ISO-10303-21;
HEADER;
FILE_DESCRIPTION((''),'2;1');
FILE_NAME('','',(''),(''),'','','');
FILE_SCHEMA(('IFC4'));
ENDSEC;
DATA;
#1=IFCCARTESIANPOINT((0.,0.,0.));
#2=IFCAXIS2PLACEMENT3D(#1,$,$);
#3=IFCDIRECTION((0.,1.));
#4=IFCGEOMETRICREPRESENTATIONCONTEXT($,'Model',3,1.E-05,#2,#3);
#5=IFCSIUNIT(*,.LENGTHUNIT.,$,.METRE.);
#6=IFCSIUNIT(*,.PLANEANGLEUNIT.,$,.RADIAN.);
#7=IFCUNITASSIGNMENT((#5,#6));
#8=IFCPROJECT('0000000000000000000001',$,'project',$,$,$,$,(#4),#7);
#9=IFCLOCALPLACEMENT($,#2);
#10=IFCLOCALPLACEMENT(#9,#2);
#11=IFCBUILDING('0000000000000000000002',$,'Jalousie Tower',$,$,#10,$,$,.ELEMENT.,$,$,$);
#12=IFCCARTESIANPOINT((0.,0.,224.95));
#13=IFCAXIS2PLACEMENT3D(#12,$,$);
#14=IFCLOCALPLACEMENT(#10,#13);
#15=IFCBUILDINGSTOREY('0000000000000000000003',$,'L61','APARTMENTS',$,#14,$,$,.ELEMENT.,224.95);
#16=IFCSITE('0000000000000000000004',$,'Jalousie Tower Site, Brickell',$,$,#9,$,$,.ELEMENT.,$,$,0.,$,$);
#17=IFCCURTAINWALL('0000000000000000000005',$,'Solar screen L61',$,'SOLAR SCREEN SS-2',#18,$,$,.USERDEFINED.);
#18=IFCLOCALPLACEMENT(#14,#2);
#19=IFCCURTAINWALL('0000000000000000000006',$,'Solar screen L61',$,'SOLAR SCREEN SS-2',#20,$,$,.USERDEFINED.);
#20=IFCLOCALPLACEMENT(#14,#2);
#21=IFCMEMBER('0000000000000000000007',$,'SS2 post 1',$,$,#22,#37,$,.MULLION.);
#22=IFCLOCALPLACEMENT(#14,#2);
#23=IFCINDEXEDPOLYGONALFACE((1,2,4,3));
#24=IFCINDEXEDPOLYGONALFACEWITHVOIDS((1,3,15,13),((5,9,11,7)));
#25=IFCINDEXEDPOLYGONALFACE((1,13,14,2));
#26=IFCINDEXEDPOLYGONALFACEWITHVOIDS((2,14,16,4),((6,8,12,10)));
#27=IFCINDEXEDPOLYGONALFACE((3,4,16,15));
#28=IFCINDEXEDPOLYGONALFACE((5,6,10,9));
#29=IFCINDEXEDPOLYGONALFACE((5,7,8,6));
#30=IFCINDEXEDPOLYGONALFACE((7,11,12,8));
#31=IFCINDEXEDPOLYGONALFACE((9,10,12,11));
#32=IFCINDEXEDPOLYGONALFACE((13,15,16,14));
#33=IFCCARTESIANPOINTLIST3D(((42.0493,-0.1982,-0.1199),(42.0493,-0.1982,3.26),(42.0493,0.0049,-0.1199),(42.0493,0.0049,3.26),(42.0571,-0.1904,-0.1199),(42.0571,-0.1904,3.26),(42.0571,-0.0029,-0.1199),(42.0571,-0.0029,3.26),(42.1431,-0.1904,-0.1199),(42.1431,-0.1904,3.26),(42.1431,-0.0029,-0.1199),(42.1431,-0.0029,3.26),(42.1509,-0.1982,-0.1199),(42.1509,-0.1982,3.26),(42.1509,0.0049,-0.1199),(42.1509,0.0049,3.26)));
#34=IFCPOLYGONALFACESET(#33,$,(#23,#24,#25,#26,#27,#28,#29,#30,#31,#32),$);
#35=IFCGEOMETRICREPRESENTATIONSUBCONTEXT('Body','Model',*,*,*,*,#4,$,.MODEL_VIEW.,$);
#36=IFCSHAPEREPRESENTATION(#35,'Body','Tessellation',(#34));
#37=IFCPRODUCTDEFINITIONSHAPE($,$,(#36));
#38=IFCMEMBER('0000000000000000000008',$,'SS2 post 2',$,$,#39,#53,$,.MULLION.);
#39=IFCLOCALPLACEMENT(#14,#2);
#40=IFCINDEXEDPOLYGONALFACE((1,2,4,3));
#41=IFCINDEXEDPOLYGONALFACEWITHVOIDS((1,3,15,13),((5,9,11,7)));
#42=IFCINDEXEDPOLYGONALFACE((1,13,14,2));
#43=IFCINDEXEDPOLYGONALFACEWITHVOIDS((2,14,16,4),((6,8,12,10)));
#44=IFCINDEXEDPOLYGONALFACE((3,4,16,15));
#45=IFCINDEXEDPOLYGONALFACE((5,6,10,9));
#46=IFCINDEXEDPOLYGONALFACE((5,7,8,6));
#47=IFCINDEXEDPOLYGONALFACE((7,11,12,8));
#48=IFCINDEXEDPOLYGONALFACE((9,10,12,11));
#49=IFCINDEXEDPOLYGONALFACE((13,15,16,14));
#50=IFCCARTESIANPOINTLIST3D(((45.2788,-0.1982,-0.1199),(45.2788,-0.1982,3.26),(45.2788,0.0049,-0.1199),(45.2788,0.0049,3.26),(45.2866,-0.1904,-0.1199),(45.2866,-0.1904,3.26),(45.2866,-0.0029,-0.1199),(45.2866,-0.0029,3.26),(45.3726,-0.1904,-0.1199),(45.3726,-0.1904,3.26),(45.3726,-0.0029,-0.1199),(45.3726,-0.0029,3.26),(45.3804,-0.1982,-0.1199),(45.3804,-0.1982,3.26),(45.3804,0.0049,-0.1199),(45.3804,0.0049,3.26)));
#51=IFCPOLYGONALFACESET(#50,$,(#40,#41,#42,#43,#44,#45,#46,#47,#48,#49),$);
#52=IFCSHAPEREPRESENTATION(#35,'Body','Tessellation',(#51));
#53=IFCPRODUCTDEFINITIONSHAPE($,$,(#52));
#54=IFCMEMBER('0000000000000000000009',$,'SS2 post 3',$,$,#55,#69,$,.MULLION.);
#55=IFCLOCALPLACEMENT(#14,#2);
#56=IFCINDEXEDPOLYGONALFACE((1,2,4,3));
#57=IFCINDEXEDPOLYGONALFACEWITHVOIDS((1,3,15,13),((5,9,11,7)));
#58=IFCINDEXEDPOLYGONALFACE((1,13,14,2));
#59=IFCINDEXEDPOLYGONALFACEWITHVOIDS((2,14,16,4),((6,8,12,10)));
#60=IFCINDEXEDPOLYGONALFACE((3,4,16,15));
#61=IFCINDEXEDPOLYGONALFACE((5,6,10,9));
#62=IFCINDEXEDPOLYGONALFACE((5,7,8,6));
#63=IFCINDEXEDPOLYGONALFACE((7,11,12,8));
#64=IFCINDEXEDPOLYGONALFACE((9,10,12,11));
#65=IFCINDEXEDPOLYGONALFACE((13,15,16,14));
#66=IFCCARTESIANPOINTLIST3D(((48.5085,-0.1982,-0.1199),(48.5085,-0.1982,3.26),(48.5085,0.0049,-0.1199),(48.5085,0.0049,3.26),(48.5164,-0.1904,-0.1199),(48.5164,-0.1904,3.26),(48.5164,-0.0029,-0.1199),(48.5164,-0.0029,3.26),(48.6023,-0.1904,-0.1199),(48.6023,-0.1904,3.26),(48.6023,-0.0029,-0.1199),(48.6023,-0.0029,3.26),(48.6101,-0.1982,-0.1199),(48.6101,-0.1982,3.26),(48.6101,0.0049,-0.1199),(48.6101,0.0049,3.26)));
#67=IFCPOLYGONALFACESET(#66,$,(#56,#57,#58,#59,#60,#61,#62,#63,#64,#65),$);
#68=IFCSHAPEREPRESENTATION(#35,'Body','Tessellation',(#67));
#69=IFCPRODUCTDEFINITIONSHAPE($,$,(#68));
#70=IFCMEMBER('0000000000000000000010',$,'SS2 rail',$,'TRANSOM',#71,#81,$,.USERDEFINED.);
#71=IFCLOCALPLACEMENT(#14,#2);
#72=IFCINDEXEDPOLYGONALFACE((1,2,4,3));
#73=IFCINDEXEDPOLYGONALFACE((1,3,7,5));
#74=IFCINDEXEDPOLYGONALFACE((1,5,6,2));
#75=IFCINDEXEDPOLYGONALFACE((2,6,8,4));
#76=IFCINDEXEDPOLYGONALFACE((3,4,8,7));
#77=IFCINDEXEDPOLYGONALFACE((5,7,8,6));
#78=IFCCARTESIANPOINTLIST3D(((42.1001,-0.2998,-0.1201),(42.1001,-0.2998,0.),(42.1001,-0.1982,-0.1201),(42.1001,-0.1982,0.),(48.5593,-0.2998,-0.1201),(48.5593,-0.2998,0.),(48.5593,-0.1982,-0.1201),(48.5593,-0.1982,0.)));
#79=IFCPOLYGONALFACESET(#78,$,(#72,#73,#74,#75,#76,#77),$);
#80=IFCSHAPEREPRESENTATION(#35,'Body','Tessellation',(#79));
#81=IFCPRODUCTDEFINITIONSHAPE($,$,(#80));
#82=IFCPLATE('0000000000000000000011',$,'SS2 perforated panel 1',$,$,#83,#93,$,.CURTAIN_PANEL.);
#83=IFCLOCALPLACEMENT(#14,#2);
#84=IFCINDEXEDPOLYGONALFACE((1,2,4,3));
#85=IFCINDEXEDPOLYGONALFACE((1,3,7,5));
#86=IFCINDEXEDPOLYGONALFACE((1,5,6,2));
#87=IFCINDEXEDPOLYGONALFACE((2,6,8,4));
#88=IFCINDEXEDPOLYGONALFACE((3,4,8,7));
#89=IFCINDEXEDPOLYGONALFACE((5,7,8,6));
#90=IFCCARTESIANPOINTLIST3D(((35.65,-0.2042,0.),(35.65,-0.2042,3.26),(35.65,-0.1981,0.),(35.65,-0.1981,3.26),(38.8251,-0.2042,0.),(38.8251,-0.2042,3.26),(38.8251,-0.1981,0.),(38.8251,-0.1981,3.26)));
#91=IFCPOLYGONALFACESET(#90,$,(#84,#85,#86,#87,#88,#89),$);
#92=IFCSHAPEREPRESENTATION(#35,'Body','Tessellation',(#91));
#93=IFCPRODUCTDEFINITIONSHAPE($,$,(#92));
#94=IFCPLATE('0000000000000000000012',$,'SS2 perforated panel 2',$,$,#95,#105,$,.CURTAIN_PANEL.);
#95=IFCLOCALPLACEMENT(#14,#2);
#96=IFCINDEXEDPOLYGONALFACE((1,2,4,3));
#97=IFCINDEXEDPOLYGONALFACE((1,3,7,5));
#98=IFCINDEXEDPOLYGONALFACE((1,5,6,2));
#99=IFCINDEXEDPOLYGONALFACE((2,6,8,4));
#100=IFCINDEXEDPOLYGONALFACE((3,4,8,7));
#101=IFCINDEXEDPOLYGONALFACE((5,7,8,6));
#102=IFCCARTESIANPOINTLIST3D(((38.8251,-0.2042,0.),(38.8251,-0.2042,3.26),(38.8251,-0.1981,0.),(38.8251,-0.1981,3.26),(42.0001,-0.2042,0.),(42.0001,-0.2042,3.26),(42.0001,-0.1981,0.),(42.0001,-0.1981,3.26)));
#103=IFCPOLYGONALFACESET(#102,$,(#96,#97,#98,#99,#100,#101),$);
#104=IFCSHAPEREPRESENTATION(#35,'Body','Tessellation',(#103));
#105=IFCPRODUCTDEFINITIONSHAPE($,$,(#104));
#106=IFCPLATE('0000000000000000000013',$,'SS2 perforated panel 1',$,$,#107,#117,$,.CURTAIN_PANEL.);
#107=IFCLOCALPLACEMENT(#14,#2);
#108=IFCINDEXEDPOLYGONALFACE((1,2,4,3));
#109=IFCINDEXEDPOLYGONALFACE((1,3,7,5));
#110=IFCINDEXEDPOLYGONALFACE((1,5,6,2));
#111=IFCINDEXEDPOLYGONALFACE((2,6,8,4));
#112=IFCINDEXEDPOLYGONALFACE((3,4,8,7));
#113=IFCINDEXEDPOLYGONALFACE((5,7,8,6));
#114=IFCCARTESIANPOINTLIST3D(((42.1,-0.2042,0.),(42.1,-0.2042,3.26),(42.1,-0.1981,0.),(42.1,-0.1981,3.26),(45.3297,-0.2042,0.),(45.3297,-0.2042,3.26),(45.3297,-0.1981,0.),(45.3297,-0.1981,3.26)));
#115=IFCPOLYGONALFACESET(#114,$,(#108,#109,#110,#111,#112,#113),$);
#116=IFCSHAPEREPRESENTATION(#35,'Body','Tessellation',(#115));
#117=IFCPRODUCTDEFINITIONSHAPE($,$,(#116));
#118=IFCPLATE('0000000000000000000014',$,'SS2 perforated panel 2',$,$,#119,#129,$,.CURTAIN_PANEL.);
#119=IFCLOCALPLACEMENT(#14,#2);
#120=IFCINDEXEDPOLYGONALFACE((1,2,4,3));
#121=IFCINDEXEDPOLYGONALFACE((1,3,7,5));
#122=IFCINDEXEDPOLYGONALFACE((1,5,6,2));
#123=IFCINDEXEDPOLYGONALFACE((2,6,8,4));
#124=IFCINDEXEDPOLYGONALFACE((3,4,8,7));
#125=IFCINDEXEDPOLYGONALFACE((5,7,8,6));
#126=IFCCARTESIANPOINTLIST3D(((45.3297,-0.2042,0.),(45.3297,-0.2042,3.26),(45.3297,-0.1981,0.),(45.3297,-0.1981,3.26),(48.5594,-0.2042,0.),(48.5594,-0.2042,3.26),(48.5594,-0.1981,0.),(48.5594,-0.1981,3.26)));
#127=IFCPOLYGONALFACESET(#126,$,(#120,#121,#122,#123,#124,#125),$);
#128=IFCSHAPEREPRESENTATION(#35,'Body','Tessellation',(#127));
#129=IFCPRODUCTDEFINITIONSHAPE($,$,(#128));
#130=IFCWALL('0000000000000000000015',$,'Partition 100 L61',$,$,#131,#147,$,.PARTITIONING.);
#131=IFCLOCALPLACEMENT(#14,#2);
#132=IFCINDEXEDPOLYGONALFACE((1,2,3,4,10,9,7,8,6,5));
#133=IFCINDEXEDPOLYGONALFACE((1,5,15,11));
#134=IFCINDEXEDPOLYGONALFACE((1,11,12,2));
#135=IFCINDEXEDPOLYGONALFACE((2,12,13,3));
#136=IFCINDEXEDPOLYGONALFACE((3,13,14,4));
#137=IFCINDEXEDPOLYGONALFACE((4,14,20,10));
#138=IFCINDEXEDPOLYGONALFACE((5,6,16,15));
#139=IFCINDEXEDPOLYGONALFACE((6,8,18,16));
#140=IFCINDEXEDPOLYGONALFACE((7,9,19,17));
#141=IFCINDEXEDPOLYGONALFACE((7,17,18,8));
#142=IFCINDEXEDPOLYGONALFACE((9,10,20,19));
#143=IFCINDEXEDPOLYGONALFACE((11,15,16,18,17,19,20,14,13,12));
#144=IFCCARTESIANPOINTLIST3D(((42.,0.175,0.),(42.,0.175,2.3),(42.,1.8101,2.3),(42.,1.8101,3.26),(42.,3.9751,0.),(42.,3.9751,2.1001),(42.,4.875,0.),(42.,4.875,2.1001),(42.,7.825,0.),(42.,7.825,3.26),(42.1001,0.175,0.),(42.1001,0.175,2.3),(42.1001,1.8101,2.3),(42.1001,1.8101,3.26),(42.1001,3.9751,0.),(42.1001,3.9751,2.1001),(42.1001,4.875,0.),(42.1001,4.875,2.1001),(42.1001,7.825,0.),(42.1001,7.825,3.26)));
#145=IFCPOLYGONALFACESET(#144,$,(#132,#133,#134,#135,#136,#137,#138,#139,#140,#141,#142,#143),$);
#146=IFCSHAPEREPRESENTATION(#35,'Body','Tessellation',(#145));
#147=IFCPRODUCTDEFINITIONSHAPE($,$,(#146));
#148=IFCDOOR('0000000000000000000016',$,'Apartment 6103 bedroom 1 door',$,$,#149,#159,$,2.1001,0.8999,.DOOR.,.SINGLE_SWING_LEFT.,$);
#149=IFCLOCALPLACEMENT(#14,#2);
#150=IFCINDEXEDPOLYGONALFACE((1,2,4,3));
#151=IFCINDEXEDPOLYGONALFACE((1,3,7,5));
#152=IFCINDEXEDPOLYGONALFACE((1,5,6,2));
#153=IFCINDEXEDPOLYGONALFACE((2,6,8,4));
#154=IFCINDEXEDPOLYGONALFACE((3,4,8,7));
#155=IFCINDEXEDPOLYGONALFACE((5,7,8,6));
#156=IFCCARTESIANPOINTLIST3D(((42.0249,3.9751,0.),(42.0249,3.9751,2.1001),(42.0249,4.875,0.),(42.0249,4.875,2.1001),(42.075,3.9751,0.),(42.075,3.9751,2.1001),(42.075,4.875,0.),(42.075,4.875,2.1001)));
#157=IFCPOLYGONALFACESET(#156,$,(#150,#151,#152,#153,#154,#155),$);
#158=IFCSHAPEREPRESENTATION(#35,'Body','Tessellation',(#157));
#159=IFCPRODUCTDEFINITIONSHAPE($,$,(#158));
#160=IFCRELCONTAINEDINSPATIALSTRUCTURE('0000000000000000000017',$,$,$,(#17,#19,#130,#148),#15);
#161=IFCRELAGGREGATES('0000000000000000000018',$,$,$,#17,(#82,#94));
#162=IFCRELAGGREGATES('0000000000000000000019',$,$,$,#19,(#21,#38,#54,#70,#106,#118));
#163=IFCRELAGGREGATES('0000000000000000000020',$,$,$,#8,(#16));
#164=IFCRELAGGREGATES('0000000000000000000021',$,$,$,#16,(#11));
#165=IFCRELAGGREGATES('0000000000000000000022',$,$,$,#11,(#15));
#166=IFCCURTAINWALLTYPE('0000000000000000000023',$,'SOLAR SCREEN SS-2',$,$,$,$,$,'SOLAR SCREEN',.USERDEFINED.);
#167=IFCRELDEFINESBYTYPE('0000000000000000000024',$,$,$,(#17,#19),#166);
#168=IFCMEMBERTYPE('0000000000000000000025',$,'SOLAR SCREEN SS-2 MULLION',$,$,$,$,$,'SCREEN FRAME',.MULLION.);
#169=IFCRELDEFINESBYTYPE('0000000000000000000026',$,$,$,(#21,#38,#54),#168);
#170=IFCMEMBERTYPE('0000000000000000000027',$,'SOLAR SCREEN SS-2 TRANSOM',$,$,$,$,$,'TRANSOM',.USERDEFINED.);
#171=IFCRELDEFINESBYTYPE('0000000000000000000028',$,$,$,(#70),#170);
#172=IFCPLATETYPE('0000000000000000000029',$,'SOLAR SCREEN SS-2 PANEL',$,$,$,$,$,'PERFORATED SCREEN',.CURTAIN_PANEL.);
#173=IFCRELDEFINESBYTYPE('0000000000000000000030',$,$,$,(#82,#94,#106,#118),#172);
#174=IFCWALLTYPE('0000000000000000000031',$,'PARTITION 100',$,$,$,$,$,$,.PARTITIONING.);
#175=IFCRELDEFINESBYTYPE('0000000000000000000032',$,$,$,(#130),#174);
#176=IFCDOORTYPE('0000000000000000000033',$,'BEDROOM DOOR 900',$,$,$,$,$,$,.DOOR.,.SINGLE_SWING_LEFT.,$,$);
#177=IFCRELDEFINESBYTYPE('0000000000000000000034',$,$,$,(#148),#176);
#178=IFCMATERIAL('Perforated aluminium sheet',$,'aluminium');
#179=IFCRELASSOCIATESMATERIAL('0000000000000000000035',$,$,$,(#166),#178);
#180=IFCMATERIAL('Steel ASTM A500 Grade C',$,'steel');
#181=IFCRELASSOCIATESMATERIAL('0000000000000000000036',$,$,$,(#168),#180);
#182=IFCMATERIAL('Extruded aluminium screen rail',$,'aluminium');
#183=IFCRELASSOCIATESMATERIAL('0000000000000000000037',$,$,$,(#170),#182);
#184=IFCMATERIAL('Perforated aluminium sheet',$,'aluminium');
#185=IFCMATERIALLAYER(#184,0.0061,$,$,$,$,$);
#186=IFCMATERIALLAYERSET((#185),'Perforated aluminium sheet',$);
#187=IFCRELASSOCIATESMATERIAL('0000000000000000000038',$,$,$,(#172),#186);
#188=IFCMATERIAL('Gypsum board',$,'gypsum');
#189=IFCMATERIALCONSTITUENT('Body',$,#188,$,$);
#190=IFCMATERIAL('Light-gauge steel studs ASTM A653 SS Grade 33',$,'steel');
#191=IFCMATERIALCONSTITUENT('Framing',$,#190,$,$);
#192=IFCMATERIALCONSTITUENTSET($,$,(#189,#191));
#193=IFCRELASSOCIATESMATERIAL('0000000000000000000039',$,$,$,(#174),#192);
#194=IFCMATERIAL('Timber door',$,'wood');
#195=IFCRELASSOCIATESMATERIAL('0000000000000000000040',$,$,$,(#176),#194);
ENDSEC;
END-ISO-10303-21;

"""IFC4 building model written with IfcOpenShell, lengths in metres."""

from ifc_helpers import new_model, si_unit, direction, frame, frame_2d, origin, origin_2d, place, context, subcontext, project, spatial, polyline, rectangle, hollow_rectangle, outline, extrude, material, layer, layer_set, constituent, constituent_set, material_profile, profile_set, type_object, element, fill, aggregate, save


model = new_model("IFC4")

# Units and contexts
model_context = context("Model", 3, precision=1e-05, world=origin(), true_north=direction((0.0, 1.0)))
body_context = subcontext(model_context, "Body", "Model", "MODEL_VIEW")
ifc_project = project(units=[si_unit("LENGTHUNIT", "METRE"), si_unit("PLANEANGLEUNIT", "RADIAN")], contexts=[model_context])

# Site, building, storey
site_placement = place(None, origin())
site = spatial("IfcSite", under=ifc_project, at=site_placement, Name="Jalousie Tower Site, Brickell", CompositionType="ELEMENT", RefElevation=0.0)
building_placement = place(site_placement, origin())
building = spatial("IfcBuilding", under=site, at=building_placement, Name="Jalousie Tower", CompositionType="ELEMENT")
storey_placement = place(building_placement, frame((0.0, 0.0, 224.95)))
storey = spatial("IfcBuildingStorey", under=building, at=storey_placement, Name="L61", Description="APARTMENTS", CompositionType="ELEMENT", Elevation=224.95)

# Curtain walls, members
ifc_material_1 = material(Name="Perforated aluminium sheet", Category="aluminium")
curtain_wall_type = type_object("IfcCurtainWallType", Name="SOLAR SCREEN SS-2", ElementType="SOLAR SCREEN", PredefinedType="USERDEFINED", material=ifc_material_1)
curtain_wall_1_placement = place(storey_placement, origin())
curtain_wall_1 = element("IfcCurtainWall", 1, at=curtain_wall_1_placement, inside=storey, type_object=curtain_wall_type, Name="Solar screen L61", ObjectType="SOLAR SCREEN SS-2", PredefinedType="USERDEFINED")
ifc_material_2 = material(Name="Steel ASTM A500 Grade C", Category="steel")
ifc_material_profile_1 = material_profile(ifc_material_2, hollow_rectangle(XDim=0.1016, YDim=0.2031, WallThickness=0.0078, at=origin_2d()), Name="HSS8X4X5/16")
ifc_profile_set_1 = profile_set([ifc_material_profile_1], Name="Steel ASTM A500 Grade C")
member_type_1 = type_object("IfcMemberType", Name="SOLAR SCREEN SS-2 MULLION", ElementType="SCREEN FRAME", PredefinedType="MULLION", material=ifc_profile_set_1)
curtain_wall_2_placement = place(storey_placement, origin())
curtain_wall_2 = element("IfcCurtainWall", 2, at=curtain_wall_2_placement, inside=storey, type_object=curtain_wall_type, Name="Solar screen L61", ObjectType="SOLAR SCREEN SS-2", PredefinedType="USERDEFINED")
member_1_placement = place(storey_placement, frame((42.1001, -0.0967, -0.1199), z_axis=(0.0, 0.0, 1.0), x_axis=(1.0, 0.0, 0.0)))
member_1 = element("IfcMember", 3, at=member_1_placement, type_object=member_type_1, Name="SS2 post 1", PredefinedType="MULLION", context=body_context, shape_type="SweptSolid", body=[
    extrude(hollow_rectangle(XDim=0.1016, YDim=0.2031, WallThickness=0.0078, at=origin_2d()), origin(), (0.0, 0.0, 1.0), 3.3799),
])
member_2_placement = place(storey_placement, frame((45.3296, -0.0967, -0.1199), z_axis=(0.0, 0.0, 1.0), x_axis=(1.0, 0.0, 0.0)))
member_2 = element("IfcMember", 4, at=member_2_placement, type_object=member_type_1, Name="SS2 post 2", PredefinedType="MULLION", context=body_context, shape_type="SweptSolid", body=[
    extrude(hollow_rectangle(XDim=0.1016, YDim=0.2031, WallThickness=0.0078, at=origin_2d()), origin(), (0.0, 0.0, 1.0), 3.3799),
])
member_3_placement = place(storey_placement, frame((48.5593, -0.0967, -0.1199), z_axis=(0.0, 0.0, 1.0), x_axis=(1.0, 0.0, 0.0)))
member_3 = element("IfcMember", 5, at=member_3_placement, type_object=member_type_1, Name="SS2 post 3", PredefinedType="MULLION", context=body_context, shape_type="SweptSolid", body=[
    extrude(hollow_rectangle(XDim=0.1016, YDim=0.2031, WallThickness=0.0078, at=origin_2d()), origin(), (0.0, 0.0, 1.0), 3.3799),
])
ifc_material_3 = material(Name="Extruded aluminium screen rail", Category="aluminium")
ifc_material_profile_2 = material_profile(ifc_material_3, rectangle(XDim=0.1016, YDim=0.1201, at=origin_2d()), Name="RAIL 102x120")
ifc_profile_set_2 = profile_set([ifc_material_profile_2], Name="Extruded aluminium screen rail")
member_type_2 = type_object("IfcMemberType", Name="SOLAR SCREEN SS-2 TRANSOM", ElementType="TRANSOM", PredefinedType="USERDEFINED", material=ifc_profile_set_2)
member_4_placement = place(storey_placement, frame((42.1001, -0.249, -0.0601), z_axis=(1.0, 0.0, 0.0), x_axis=(0.0, 1.0, 0.0)))
member_4 = element("IfcMember", 6, at=member_4_placement, type_object=member_type_2, Name="SS2 rail", ObjectType="TRANSOM", PredefinedType="USERDEFINED", context=body_context, shape_type="SweptSolid", body=[
    extrude(rectangle(XDim=0.1016, YDim=0.1201, at=origin_2d()), origin(), (0.0, 0.0, 1.0), 6.4592),
])

# Plates
ifc_material_4 = material(Name="Perforated aluminium sheet", Category="aluminium")
ifc_layer = layer(ifc_material_4, 0.0061)
ifc_layer_set = layer_set([ifc_layer], Name="Perforated aluminium sheet")
plate_type = type_object("IfcPlateType", Name="SOLAR SCREEN SS-2 PANEL", ElementType="PERFORATED SCREEN", PredefinedType="CURTAIN_PANEL", material=ifc_layer_set)
plate_1_placement = place(storey_placement, frame((37.2375, -0.2012, 0.0), z_axis=(0.0, 0.0, 1.0), x_axis=(1.0, 0.0, 0.0)))
plate_1 = element("IfcPlate", 7, at=plate_1_placement, type_object=plate_type, Name="SS2 perforated panel 1", PredefinedType="CURTAIN_PANEL", context=body_context, shape_type="SweptSolid", body=[
    extrude(rectangle(XDim=3.175, YDim=0.0061, at=origin_2d()), origin(), (0.0, 0.0, 1.0), 3.26),
])
plate_2_placement = place(storey_placement, frame((40.4126, -0.2012, 0.0), z_axis=(0.0, 0.0, 1.0), x_axis=(1.0, 0.0, 0.0)))
plate_2 = element("IfcPlate", 8, at=plate_2_placement, type_object=plate_type, Name="SS2 perforated panel 2", PredefinedType="CURTAIN_PANEL", context=body_context, shape_type="SweptSolid", body=[
    extrude(rectangle(XDim=3.175, YDim=0.0061, at=origin_2d()), origin(), (0.0, 0.0, 1.0), 3.26),
])
aggregate(curtain_wall_1, [plate_1, plate_2])
plate_3_placement = place(storey_placement, frame((43.7148, -0.2012, 0.0), z_axis=(0.0, 0.0, 1.0), x_axis=(1.0, 0.0, 0.0)))
plate_3 = element("IfcPlate", 9, at=plate_3_placement, type_object=plate_type, Name="SS2 perforated panel 1", PredefinedType="CURTAIN_PANEL", context=body_context, shape_type="SweptSolid", body=[
    extrude(rectangle(XDim=3.2297, YDim=0.0061, at=origin_2d()), origin(), (0.0, 0.0, 1.0), 3.26),
])
plate_4_placement = place(storey_placement, frame((46.9446, -0.2012, 0.0), z_axis=(0.0, 0.0, 1.0), x_axis=(1.0, 0.0, 0.0)))
plate_4 = element("IfcPlate", 10, at=plate_4_placement, type_object=plate_type, Name="SS2 perforated panel 2", PredefinedType="CURTAIN_PANEL", context=body_context, shape_type="SweptSolid", body=[
    extrude(rectangle(XDim=3.2297, YDim=0.0061, at=origin_2d()), origin(), (0.0, 0.0, 1.0), 3.26),
])
aggregate(curtain_wall_2, [member_1, member_2, member_3, member_4, plate_3, plate_4])

# Wall, opening, door
ifc_material_5 = material(Name="Gypsum board", Category="gypsum")
ifc_constituent_1 = constituent(ifc_material_5, Name="Body")
ifc_material_6 = material(Name="Light-gauge steel studs ASTM A653 SS Grade 33", Category="steel")
ifc_constituent_2 = constituent(ifc_material_6, Name="Framing")
ifc_constituent_set_1 = constituent_set(constituents=[ifc_constituent_1, ifc_constituent_2])
wall_type_1 = type_object("IfcWallType", Name="PARTITION 100", PredefinedType="PARTITIONING", material=ifc_constituent_set_1)
wall_1_placement = place(storey_placement, frame((42.05, 0.175, 0.0), z_axis=(0.0, 0.0, 1.0), x_axis=(0.0, 1.0, 0.0)))
wall_1 = element("IfcWall", 11, at=wall_1_placement, inside=storey, type_object=wall_type_1, Name="Partition 100 L61", PredefinedType="PARTITIONING", context=body_context, shape_type="SweptSolid", body=[
    extrude(outline(polyline([(0.0, 0.0), (7.6499, 0.0), (7.6499, 3.26), (1.635, 3.26), (1.635, 2.3), (0.0, 2.3), (0.0, 3.26), (0.0, 0.0)])), frame((0.0, 0.05, 0.0), z_axis=(0.0, -1.0, 0.0), x_axis=(1.0, 0.0, 0.0)), (0.0, 0.0, 1.0), 0.1001),
])
opening_1_placement = place(wall_1_placement, frame((3.8, 0.0, 0.0)))
opening_1 = element("IfcOpeningElement", 12, at=opening_1_placement, cuts=wall_1, PredefinedType="OPENING", context=body_context, shape_type="SweptSolid", body=[
    extrude(rectangle(XDim=0.8999, YDim=2.1001, at=frame_2d((0.45, 1.05))), frame((0.0, 0.0601, 0.0), z_axis=(0.0, -1.0, 0.0), x_axis=(1.0, 0.0, 0.0)), (0.0, 0.0, 1.0), 0.1201),
])
ifc_material_7 = material(Name="Timber door", Category="wood")
door_type = type_object("IfcDoorType", Name="BEDROOM DOOR 900", OperationType="SINGLE_SWING_LEFT", PredefinedType="DOOR", material=ifc_material_7)
door_1_placement = place(opening_1_placement, frame((0.8999, 0.0, 0.0), z_axis=(0.0, 0.0, 1.0), x_axis=(-1.0, 0.0, 0.0)))
door_1 = element("IfcDoor", 13, at=door_1_placement, inside=storey, type_object=door_type, Name="Apartment 6103 bedroom 1 door", OperationType="SINGLE_SWING_LEFT", OverallHeight=2.1001, OverallWidth=0.8999, PredefinedType="DOOR", context=body_context, shape_type="SweptSolid", body=[
    extrude(rectangle(XDim=0.8999, YDim=2.1001, at=frame_2d((0.45, 1.05))), frame((0.0, 0.0249, 0.0), z_axis=(0.0, -1.0, 0.0), x_axis=(1.0, 0.0, 0.0)), (0.0, 0.0, 1.0), 0.05),
])
fill(opening_1, door_1)

save(model, "model.ifc")
